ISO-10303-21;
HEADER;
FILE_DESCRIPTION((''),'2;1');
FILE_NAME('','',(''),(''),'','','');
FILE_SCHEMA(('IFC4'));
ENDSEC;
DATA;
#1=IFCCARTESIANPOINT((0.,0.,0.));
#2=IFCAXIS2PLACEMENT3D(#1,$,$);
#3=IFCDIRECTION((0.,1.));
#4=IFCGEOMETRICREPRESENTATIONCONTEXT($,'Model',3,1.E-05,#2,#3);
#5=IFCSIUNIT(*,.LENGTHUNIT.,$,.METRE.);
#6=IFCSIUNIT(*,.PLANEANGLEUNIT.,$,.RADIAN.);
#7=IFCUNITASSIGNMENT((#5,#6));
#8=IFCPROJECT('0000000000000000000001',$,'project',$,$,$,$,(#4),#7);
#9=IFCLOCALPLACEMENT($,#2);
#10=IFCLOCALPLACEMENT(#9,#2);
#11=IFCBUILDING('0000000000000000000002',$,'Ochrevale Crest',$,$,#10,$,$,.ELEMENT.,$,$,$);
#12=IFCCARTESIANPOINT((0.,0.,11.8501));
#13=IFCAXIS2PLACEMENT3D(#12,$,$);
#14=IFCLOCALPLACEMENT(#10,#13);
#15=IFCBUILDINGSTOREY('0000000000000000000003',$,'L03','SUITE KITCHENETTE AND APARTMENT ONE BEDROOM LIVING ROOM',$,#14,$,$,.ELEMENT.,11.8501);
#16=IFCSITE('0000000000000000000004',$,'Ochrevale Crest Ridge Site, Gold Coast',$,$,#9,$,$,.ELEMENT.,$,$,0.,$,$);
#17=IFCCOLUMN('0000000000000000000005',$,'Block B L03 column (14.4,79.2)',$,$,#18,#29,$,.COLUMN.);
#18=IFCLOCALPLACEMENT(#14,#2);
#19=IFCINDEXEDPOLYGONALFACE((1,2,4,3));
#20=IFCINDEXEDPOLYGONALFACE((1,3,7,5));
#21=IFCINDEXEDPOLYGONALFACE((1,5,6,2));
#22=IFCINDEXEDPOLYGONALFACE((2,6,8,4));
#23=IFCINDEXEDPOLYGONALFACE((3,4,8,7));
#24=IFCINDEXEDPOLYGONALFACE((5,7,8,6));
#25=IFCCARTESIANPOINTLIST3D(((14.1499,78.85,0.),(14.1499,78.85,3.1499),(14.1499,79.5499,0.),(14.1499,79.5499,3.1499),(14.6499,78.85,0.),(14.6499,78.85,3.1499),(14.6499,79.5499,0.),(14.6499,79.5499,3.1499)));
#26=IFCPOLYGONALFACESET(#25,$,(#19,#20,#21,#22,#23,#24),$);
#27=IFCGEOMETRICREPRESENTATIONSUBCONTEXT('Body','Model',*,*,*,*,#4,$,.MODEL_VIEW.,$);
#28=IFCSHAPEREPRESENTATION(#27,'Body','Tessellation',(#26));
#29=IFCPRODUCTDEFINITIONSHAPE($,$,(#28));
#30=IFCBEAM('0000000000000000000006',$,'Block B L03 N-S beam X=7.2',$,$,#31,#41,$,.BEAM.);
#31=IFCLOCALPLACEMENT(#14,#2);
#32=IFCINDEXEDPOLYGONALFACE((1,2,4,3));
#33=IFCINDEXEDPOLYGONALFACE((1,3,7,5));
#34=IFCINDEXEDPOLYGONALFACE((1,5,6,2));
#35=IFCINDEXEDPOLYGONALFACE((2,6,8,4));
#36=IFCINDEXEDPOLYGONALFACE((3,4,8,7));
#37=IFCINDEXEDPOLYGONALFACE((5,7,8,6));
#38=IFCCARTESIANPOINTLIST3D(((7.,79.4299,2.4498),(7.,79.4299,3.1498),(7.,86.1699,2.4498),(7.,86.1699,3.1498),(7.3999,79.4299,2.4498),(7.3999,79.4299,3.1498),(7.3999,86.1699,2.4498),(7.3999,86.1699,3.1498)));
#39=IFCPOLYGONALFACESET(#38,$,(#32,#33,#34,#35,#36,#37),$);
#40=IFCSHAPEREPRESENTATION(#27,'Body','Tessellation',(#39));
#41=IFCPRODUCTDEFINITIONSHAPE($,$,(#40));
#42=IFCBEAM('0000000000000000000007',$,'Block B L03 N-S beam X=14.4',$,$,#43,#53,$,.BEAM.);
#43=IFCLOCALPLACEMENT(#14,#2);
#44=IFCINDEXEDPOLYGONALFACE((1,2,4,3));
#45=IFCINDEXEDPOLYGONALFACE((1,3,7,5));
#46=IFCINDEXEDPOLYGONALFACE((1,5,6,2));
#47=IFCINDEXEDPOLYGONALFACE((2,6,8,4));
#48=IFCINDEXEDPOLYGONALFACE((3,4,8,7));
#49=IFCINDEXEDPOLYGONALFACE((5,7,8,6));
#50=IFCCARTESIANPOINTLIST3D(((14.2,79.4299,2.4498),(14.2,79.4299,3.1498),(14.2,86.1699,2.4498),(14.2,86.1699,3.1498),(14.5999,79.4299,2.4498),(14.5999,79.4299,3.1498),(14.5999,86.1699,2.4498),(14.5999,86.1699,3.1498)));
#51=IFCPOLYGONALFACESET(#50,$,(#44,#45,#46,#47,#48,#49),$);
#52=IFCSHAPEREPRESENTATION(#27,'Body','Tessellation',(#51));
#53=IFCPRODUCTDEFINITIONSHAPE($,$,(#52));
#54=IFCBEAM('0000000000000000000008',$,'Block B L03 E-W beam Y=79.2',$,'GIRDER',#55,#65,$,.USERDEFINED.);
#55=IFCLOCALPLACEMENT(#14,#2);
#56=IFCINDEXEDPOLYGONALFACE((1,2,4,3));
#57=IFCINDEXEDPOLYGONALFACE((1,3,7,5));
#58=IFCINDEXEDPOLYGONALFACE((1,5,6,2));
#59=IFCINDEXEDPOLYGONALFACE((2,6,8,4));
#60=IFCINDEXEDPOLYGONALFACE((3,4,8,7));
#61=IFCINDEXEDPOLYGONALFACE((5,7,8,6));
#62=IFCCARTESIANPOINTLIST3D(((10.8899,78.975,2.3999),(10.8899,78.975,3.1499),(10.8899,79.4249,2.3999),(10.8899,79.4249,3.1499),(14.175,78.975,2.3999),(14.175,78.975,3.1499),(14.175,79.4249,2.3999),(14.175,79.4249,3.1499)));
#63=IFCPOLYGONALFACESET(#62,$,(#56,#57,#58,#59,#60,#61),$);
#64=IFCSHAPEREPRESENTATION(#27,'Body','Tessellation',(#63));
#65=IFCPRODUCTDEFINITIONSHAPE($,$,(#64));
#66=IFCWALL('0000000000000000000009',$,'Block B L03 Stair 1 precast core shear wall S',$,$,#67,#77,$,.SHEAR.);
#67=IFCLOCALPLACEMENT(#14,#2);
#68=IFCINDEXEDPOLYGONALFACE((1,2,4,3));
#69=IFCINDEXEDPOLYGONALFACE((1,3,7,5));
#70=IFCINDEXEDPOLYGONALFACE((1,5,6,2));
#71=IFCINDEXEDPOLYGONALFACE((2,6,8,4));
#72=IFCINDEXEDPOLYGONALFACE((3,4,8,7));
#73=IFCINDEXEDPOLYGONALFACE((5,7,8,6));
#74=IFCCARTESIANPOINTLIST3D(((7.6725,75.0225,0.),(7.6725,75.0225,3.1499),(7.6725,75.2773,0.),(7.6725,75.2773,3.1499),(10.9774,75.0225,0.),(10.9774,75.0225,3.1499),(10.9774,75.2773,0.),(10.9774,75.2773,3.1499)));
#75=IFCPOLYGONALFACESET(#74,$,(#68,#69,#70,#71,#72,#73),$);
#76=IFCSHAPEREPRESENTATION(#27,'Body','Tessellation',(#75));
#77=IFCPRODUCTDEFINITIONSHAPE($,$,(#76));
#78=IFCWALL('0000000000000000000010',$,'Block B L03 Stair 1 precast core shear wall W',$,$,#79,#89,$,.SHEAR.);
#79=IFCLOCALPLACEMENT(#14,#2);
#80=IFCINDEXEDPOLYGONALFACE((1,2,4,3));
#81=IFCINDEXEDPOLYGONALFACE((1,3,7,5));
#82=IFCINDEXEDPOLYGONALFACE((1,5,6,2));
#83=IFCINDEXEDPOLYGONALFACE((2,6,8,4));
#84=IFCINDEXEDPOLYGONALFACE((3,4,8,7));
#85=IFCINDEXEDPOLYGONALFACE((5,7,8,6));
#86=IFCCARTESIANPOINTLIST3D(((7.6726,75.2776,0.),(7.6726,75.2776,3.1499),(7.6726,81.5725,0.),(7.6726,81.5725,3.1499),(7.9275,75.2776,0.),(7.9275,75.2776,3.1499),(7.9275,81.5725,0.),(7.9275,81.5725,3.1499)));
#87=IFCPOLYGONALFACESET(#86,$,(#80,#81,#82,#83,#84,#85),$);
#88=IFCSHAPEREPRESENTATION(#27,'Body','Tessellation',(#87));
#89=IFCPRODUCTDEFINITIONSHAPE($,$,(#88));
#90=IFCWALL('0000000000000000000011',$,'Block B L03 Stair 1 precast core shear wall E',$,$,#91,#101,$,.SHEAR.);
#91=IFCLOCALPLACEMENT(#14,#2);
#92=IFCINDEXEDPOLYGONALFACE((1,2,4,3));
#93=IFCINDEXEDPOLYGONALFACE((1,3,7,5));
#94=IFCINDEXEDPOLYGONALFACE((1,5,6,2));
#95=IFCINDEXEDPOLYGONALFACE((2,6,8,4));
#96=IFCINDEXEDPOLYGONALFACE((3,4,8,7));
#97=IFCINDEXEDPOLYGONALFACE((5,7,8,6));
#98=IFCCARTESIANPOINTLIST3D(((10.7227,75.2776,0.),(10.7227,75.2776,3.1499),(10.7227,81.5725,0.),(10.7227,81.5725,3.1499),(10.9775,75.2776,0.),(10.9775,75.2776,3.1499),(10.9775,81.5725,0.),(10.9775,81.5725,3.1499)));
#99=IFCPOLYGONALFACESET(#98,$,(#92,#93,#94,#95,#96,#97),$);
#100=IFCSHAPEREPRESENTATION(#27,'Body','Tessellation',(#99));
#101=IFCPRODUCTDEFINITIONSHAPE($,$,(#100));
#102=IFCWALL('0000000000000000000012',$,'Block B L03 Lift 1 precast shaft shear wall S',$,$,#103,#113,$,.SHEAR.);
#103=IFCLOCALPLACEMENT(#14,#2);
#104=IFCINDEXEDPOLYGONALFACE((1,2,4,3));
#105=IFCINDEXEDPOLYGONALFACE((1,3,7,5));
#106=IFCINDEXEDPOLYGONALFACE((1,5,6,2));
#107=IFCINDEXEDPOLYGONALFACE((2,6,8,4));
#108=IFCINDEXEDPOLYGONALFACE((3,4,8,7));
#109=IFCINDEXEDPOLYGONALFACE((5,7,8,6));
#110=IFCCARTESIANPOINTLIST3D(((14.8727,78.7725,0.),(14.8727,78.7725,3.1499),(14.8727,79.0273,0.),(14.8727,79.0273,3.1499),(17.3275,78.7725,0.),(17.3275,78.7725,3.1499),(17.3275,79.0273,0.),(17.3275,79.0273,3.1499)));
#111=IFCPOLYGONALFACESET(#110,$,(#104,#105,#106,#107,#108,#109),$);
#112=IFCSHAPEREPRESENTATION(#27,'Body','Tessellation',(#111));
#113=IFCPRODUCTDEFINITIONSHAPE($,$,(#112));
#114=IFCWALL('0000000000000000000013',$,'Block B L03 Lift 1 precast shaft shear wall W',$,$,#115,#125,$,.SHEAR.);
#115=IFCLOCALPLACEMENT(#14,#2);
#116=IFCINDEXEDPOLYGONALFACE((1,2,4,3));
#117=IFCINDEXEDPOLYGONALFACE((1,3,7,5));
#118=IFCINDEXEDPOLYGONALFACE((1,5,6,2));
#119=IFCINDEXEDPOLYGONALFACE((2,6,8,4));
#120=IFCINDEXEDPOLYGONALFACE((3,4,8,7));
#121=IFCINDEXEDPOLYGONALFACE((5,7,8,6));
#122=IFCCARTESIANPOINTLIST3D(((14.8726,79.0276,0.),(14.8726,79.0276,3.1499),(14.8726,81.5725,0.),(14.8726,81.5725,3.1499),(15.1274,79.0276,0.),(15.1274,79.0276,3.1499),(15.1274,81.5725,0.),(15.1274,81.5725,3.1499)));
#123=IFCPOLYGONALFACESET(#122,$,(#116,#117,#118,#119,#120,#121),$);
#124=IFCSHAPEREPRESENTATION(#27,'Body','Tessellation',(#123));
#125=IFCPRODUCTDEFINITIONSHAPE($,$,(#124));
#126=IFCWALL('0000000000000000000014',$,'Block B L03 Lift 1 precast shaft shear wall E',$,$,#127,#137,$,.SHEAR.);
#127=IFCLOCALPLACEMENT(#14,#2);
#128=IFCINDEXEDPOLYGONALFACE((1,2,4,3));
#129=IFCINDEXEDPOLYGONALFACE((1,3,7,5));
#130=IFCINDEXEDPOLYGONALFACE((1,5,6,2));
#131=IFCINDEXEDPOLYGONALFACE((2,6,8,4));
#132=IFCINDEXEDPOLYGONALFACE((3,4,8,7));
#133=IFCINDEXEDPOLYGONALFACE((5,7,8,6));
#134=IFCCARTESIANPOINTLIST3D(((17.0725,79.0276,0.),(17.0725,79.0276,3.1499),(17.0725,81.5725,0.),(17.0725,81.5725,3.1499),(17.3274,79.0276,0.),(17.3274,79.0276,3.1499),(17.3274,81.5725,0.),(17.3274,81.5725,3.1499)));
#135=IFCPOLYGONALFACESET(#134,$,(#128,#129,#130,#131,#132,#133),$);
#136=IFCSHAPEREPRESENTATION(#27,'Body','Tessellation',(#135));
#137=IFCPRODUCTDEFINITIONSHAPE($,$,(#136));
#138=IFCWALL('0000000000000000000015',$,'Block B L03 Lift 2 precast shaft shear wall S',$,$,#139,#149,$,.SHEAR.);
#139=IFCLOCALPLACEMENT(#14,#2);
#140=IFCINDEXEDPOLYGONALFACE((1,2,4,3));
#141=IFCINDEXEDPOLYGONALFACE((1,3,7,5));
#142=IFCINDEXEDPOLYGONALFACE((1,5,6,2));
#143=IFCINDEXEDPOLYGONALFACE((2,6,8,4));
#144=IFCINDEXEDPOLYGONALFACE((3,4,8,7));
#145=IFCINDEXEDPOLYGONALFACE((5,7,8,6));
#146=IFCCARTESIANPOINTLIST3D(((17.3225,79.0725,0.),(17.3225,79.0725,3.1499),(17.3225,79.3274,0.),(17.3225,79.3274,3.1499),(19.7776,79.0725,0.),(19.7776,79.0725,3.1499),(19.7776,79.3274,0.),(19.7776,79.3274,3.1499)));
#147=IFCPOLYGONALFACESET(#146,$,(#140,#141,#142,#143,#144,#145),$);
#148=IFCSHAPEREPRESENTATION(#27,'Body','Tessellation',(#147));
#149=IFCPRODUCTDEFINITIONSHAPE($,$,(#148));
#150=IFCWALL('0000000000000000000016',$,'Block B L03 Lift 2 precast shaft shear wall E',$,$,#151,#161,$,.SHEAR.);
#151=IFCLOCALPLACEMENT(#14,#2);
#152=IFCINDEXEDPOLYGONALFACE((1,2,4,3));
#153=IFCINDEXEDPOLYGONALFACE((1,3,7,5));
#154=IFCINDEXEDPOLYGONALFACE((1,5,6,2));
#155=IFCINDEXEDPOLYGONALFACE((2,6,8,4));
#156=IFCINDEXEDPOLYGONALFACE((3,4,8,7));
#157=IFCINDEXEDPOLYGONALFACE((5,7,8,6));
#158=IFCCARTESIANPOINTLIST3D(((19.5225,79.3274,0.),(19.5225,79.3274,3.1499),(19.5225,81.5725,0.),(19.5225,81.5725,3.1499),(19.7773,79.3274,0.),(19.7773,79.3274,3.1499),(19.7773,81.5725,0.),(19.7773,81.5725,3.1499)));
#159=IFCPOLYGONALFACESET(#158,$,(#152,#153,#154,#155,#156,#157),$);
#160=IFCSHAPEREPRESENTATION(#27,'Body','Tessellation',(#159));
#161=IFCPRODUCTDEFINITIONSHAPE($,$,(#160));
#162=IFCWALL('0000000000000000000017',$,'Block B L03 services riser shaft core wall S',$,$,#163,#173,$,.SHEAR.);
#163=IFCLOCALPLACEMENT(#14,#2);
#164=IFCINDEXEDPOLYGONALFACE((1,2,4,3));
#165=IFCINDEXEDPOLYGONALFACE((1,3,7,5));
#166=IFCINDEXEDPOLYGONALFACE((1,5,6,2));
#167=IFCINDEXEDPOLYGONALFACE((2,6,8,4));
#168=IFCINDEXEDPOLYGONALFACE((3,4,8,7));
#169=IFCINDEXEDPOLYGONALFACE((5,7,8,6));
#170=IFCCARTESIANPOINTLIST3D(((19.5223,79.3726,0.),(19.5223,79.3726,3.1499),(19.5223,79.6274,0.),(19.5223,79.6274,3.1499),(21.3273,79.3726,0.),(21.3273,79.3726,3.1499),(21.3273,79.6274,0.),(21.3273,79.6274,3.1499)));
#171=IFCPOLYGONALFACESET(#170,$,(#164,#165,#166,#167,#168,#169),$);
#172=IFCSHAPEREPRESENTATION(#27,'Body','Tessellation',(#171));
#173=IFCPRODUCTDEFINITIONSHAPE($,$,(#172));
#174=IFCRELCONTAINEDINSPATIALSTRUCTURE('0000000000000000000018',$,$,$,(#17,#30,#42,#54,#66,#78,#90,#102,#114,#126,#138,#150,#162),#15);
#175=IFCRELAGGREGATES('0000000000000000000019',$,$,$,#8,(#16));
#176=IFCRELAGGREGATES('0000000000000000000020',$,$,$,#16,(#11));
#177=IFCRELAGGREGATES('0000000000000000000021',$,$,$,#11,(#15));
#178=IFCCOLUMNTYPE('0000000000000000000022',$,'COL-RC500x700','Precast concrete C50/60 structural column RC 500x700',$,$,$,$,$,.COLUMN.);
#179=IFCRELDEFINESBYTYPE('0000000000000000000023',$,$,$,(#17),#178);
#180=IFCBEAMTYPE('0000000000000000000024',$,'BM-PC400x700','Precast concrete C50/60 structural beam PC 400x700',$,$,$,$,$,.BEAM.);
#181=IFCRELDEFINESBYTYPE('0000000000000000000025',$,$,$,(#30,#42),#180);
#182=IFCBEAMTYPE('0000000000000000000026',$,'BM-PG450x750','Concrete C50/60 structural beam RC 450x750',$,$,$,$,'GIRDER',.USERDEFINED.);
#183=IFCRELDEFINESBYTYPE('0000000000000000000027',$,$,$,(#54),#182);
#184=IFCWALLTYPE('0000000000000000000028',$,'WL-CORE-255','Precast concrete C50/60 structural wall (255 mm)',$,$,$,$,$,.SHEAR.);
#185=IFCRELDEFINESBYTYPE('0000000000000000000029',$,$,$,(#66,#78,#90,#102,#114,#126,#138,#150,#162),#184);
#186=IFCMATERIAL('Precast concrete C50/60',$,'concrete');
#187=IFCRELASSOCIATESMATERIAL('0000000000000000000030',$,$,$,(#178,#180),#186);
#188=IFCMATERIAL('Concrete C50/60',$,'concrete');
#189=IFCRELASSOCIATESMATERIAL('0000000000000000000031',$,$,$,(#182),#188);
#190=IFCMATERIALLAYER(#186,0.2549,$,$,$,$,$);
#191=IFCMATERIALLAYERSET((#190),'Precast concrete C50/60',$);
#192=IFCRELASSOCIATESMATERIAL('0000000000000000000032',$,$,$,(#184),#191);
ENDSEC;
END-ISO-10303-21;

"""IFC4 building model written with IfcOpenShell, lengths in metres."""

from ifc_helpers import new_model, si_unit, direction, frame, frame_2d, origin, origin_2d, place, context, subcontext, project, spatial, rectangle, extrude, material, layer, layer_set, material_profile, profile_set, type_object, element, save


model = new_model("IFC4")

# Units and contexts
model_context = context("Model", 3, precision=1e-05, world=origin(), true_north=direction((0.0, 1.0)))
body_context = subcontext(model_context, "Body", "Model", "MODEL_VIEW")
ifc_project = project(units=[si_unit("LENGTHUNIT", "METRE"), si_unit("PLANEANGLEUNIT", "RADIAN")], contexts=[model_context])

# Site, building, storey
site_placement = place(None, origin())
site = spatial("IfcSite", under=ifc_project, at=site_placement, Name="Ochrevale Crest Ridge Site, Gold Coast", CompositionType="ELEMENT", RefElevation=0.0)
building_placement = place(site_placement, origin())
building = spatial("IfcBuilding", under=site, at=building_placement, Name="Ochrevale Crest", CompositionType="ELEMENT")
storey_placement = place(building_placement, frame((0.0, 0.0, 11.8501)))
storey = spatial("IfcBuildingStorey", under=building, at=storey_placement, Name="L03", Description="SUITE KITCHENETTE AND APARTMENT ONE BEDROOM LIVING ROOM", CompositionType="ELEMENT", Elevation=11.8501)

# Column
ifc_material_1 = material(Name="Precast concrete C50/60", Category="concrete")
ifc_material_profile_1 = material_profile(ifc_material_1, rectangle(XDim=0.5, YDim=0.7, at=origin_2d()), Name="RC 500x700")
ifc_profile_set_1 = profile_set([ifc_material_profile_1], Name="Precast concrete C50/60")
column_type = type_object("IfcColumnType", Name="COL-RC500x700", Description="Precast concrete C50/60 structural column RC 500x700", PredefinedType="COLUMN", material=ifc_profile_set_1)
column_placement = place(storey_placement, frame((14.3999, 79.2, 0.0), z_axis=(0.0, 0.0, 1.0), x_axis=(1.0, 0.0, 0.0)))
element("IfcColumn", 1, at=column_placement, inside=storey, type_object=column_type, Name="Block B L03 column (14.4,79.2)", PredefinedType="COLUMN", context=body_context, shape_type="SweptSolid", body=[
    extrude(rectangle(XDim=0.5, YDim=0.7, at=origin_2d()), origin(), (0.0, 0.0, 1.0), 3.1499),
])

# Beams
ifc_material_profile_2 = material_profile(ifc_material_1, rectangle(XDim=0.3999, YDim=0.7, at=origin_2d()), Name="PC 400x700")
ifc_profile_set_2 = profile_set([ifc_material_profile_2], Name="Precast concrete C50/60")
beam_type_1 = type_object("IfcBeamType", Name="BM-PC400x700", Description="Precast concrete C50/60 structural beam PC 400x700", PredefinedType="BEAM", material=ifc_profile_set_2)
for number, where, z_axis, x_axis, name in (
    (2, (7.2, 79.4299, 2.7998), (0.0, 1.0, 0.0), (-1.0, 0.0, 0.0), "Block B L03 N-S beam X=7.2"),
    (3, (14.3999, 79.4299, 2.7998), (0.0, 1.0, 0.0), (-1.0, 0.0, 0.0), "Block B L03 N-S beam X=14.4"),
):
    element("IfcBeam", number, at=place(storey_placement, frame(where, z_axis=z_axis, x_axis=x_axis)), inside=storey, type_object=beam_type_1, Name=name, PredefinedType="BEAM", context=body_context, shape_type="SweptSolid", body=[
        extrude(rectangle(XDim=0.3999, YDim=0.7, at=origin_2d()), origin(), (0.0, 0.0, 1.0), 6.74),
    ])
ifc_material_2 = material(Name="Concrete C50/60", Category="concrete")
ifc_material_profile_3 = material_profile(ifc_material_2, rectangle(XDim=0.45, YDim=0.75, at=origin_2d()), Name="RC 450x750")
ifc_profile_set_3 = profile_set([ifc_material_profile_3], Name="Concrete C50/60")
beam_type_2 = type_object("IfcBeamType", Name="BM-PG450x750", Description="Concrete C50/60 structural beam RC 450x750", ElementType="GIRDER", PredefinedType="USERDEFINED", material=ifc_profile_set_3)
beam_placement = place(storey_placement, frame((10.8899, 79.2, 2.7749), z_axis=(1.0, 0.0, 0.0), x_axis=(0.0, 1.0, 0.0)))
element("IfcBeam", 4, at=beam_placement, inside=storey, type_object=beam_type_2, Name="Block B L03 E-W beam Y=79.2", ObjectType="GIRDER", PredefinedType="USERDEFINED", context=body_context, shape_type="SweptSolid", body=[
    extrude(rectangle(XDim=0.45, YDim=0.75, at=origin_2d()), origin(), (0.0, 0.0, 1.0), 3.2852),
])

# Walls
ifc_layer_1 = layer(ifc_material_1, 0.2549)
ifc_layer_set_1 = layer_set([ifc_layer_1], Name="Precast concrete C50/60")
wall_type_1 = type_object("IfcWallType", Name="WL-CORE-255", Description="Precast concrete C50/60 structural wall (255 mm)", PredefinedType="SHEAR", material=ifc_layer_set_1)
wall_1_placement = place(storey_placement, frame((7.6726, 75.1499, 0.0), z_axis=(0.0, 0.0, 1.0), x_axis=(1.0, 0.0, 0.0)))
element("IfcWall", 5, at=wall_1_placement, inside=storey, type_object=wall_type_1, Name="Block B L03 Stair 1 precast core shear wall S", PredefinedType="SHEAR", context=body_context, shape_type="SweptSolid", body=[
    extrude(rectangle(XDim=3.3049, YDim=0.2549, at=frame_2d((1.6523, 0.0))), origin(), (0.0, 0.0, 1.0), 3.1499),
])
for number, where, z_axis, x_axis, name in (
    (6, (7.8, 75.2776, 0.0), (0.0, 0.0, 1.0), (0.0, 1.0, 0.0), "Block B L03 Stair 1 precast core shear wall W"),
    (7, (10.8501, 75.2776, 0.0), (0.0, 0.0, 1.0), (0.0, 1.0, 0.0), "Block B L03 Stair 1 precast core shear wall E"),
):
    element("IfcWall", number, at=place(storey_placement, frame(where, z_axis=z_axis, x_axis=x_axis)), inside=storey, type_object=wall_type_1, Name=name, PredefinedType="SHEAR", context=body_context, shape_type="SweptSolid", body=[
        extrude(rectangle(XDim=6.2949, YDim=0.2549, at=frame_2d((3.1475, 0.0))), origin(), (0.0, 0.0, 1.0), 3.1499),
    ])
wall_2_placement = place(storey_placement, frame((14.8726, 78.8999, 0.0), z_axis=(0.0, 0.0, 1.0), x_axis=(1.0, 0.0, 0.0)))
element("IfcWall", 8, at=wall_2_placement, inside=storey, type_object=wall_type_1, Name="Block B L03 Lift 1 precast shaft shear wall S", PredefinedType="SHEAR", context=body_context, shape_type="SweptSolid", body=[
    extrude(rectangle(XDim=2.4548, YDim=0.2549, at=frame_2d((1.2275, 0.0))), origin(), (0.0, 0.0, 1.0), 3.1499),
])
for number, where, z_axis, x_axis, name in (
    (9, (15.0, 79.0276, 0.0), (0.0, 0.0, 1.0), (0.0, 1.0, 0.0), "Block B L03 Lift 1 precast shaft shear wall W"),
    (10, (17.2, 79.0276, 0.0), (0.0, 0.0, 1.0), (0.0, 1.0, 0.0), "Block B L03 Lift 1 precast shaft shear wall E"),
):
    element("IfcWall", number, at=place(storey_placement, frame(where, z_axis=z_axis, x_axis=x_axis)), inside=storey, type_object=wall_type_1, Name=name, PredefinedType="SHEAR", context=body_context, shape_type="SweptSolid", body=[
        extrude(rectangle(XDim=2.5449, YDim=0.2549, at=frame_2d((1.2725, 0.0))), origin(), (0.0, 0.0, 1.0), 3.1499),
    ])
wall_3_placement = place(storey_placement, frame((17.3225, 79.2, 0.0), z_axis=(0.0, 0.0, 1.0), x_axis=(1.0, 0.0, 0.0)))
element("IfcWall", 11, at=wall_3_placement, inside=storey, type_object=wall_type_1, Name="Block B L03 Lift 2 precast shaft shear wall S", PredefinedType="SHEAR", context=body_context, shape_type="SweptSolid", body=[
    extrude(rectangle(XDim=2.4551, YDim=0.2549, at=frame_2d((1.2275, 0.0))), origin(), (0.0, 0.0, 1.0), 3.1499),
])
wall_4_placement = place(storey_placement, frame((19.6499, 79.3274, 0.0), z_axis=(0.0, 0.0, 1.0), x_axis=(0.0, 1.0, 0.0)))
element("IfcWall", 12, at=wall_4_placement, inside=storey, type_object=wall_type_1, Name="Block B L03 Lift 2 precast shaft shear wall E", PredefinedType="SHEAR", context=body_context, shape_type="SweptSolid", body=[
    extrude(rectangle(XDim=2.2451, YDim=0.2549, at=frame_2d((1.1226, 0.0))), origin(), (0.0, 0.0, 1.0), 3.1499),
])
wall_5_placement = place(storey_placement, frame((19.5225, 79.5, 0.0), z_axis=(0.0, 0.0, 1.0), x_axis=(1.0, 0.0, 0.0)))
element("IfcWall", 13, at=wall_5_placement, inside=storey, type_object=wall_type_1, Name="Block B L03 services riser shaft core wall S", PredefinedType="SHEAR", context=body_context, shape_type="SweptSolid", body=[
    extrude(rectangle(XDim=1.8049, YDim=0.2549, at=frame_2d((0.9023, 0.0))), origin(), (0.0, 0.0, 1.0), 3.1499),
])

save(model, "model.ifc")
